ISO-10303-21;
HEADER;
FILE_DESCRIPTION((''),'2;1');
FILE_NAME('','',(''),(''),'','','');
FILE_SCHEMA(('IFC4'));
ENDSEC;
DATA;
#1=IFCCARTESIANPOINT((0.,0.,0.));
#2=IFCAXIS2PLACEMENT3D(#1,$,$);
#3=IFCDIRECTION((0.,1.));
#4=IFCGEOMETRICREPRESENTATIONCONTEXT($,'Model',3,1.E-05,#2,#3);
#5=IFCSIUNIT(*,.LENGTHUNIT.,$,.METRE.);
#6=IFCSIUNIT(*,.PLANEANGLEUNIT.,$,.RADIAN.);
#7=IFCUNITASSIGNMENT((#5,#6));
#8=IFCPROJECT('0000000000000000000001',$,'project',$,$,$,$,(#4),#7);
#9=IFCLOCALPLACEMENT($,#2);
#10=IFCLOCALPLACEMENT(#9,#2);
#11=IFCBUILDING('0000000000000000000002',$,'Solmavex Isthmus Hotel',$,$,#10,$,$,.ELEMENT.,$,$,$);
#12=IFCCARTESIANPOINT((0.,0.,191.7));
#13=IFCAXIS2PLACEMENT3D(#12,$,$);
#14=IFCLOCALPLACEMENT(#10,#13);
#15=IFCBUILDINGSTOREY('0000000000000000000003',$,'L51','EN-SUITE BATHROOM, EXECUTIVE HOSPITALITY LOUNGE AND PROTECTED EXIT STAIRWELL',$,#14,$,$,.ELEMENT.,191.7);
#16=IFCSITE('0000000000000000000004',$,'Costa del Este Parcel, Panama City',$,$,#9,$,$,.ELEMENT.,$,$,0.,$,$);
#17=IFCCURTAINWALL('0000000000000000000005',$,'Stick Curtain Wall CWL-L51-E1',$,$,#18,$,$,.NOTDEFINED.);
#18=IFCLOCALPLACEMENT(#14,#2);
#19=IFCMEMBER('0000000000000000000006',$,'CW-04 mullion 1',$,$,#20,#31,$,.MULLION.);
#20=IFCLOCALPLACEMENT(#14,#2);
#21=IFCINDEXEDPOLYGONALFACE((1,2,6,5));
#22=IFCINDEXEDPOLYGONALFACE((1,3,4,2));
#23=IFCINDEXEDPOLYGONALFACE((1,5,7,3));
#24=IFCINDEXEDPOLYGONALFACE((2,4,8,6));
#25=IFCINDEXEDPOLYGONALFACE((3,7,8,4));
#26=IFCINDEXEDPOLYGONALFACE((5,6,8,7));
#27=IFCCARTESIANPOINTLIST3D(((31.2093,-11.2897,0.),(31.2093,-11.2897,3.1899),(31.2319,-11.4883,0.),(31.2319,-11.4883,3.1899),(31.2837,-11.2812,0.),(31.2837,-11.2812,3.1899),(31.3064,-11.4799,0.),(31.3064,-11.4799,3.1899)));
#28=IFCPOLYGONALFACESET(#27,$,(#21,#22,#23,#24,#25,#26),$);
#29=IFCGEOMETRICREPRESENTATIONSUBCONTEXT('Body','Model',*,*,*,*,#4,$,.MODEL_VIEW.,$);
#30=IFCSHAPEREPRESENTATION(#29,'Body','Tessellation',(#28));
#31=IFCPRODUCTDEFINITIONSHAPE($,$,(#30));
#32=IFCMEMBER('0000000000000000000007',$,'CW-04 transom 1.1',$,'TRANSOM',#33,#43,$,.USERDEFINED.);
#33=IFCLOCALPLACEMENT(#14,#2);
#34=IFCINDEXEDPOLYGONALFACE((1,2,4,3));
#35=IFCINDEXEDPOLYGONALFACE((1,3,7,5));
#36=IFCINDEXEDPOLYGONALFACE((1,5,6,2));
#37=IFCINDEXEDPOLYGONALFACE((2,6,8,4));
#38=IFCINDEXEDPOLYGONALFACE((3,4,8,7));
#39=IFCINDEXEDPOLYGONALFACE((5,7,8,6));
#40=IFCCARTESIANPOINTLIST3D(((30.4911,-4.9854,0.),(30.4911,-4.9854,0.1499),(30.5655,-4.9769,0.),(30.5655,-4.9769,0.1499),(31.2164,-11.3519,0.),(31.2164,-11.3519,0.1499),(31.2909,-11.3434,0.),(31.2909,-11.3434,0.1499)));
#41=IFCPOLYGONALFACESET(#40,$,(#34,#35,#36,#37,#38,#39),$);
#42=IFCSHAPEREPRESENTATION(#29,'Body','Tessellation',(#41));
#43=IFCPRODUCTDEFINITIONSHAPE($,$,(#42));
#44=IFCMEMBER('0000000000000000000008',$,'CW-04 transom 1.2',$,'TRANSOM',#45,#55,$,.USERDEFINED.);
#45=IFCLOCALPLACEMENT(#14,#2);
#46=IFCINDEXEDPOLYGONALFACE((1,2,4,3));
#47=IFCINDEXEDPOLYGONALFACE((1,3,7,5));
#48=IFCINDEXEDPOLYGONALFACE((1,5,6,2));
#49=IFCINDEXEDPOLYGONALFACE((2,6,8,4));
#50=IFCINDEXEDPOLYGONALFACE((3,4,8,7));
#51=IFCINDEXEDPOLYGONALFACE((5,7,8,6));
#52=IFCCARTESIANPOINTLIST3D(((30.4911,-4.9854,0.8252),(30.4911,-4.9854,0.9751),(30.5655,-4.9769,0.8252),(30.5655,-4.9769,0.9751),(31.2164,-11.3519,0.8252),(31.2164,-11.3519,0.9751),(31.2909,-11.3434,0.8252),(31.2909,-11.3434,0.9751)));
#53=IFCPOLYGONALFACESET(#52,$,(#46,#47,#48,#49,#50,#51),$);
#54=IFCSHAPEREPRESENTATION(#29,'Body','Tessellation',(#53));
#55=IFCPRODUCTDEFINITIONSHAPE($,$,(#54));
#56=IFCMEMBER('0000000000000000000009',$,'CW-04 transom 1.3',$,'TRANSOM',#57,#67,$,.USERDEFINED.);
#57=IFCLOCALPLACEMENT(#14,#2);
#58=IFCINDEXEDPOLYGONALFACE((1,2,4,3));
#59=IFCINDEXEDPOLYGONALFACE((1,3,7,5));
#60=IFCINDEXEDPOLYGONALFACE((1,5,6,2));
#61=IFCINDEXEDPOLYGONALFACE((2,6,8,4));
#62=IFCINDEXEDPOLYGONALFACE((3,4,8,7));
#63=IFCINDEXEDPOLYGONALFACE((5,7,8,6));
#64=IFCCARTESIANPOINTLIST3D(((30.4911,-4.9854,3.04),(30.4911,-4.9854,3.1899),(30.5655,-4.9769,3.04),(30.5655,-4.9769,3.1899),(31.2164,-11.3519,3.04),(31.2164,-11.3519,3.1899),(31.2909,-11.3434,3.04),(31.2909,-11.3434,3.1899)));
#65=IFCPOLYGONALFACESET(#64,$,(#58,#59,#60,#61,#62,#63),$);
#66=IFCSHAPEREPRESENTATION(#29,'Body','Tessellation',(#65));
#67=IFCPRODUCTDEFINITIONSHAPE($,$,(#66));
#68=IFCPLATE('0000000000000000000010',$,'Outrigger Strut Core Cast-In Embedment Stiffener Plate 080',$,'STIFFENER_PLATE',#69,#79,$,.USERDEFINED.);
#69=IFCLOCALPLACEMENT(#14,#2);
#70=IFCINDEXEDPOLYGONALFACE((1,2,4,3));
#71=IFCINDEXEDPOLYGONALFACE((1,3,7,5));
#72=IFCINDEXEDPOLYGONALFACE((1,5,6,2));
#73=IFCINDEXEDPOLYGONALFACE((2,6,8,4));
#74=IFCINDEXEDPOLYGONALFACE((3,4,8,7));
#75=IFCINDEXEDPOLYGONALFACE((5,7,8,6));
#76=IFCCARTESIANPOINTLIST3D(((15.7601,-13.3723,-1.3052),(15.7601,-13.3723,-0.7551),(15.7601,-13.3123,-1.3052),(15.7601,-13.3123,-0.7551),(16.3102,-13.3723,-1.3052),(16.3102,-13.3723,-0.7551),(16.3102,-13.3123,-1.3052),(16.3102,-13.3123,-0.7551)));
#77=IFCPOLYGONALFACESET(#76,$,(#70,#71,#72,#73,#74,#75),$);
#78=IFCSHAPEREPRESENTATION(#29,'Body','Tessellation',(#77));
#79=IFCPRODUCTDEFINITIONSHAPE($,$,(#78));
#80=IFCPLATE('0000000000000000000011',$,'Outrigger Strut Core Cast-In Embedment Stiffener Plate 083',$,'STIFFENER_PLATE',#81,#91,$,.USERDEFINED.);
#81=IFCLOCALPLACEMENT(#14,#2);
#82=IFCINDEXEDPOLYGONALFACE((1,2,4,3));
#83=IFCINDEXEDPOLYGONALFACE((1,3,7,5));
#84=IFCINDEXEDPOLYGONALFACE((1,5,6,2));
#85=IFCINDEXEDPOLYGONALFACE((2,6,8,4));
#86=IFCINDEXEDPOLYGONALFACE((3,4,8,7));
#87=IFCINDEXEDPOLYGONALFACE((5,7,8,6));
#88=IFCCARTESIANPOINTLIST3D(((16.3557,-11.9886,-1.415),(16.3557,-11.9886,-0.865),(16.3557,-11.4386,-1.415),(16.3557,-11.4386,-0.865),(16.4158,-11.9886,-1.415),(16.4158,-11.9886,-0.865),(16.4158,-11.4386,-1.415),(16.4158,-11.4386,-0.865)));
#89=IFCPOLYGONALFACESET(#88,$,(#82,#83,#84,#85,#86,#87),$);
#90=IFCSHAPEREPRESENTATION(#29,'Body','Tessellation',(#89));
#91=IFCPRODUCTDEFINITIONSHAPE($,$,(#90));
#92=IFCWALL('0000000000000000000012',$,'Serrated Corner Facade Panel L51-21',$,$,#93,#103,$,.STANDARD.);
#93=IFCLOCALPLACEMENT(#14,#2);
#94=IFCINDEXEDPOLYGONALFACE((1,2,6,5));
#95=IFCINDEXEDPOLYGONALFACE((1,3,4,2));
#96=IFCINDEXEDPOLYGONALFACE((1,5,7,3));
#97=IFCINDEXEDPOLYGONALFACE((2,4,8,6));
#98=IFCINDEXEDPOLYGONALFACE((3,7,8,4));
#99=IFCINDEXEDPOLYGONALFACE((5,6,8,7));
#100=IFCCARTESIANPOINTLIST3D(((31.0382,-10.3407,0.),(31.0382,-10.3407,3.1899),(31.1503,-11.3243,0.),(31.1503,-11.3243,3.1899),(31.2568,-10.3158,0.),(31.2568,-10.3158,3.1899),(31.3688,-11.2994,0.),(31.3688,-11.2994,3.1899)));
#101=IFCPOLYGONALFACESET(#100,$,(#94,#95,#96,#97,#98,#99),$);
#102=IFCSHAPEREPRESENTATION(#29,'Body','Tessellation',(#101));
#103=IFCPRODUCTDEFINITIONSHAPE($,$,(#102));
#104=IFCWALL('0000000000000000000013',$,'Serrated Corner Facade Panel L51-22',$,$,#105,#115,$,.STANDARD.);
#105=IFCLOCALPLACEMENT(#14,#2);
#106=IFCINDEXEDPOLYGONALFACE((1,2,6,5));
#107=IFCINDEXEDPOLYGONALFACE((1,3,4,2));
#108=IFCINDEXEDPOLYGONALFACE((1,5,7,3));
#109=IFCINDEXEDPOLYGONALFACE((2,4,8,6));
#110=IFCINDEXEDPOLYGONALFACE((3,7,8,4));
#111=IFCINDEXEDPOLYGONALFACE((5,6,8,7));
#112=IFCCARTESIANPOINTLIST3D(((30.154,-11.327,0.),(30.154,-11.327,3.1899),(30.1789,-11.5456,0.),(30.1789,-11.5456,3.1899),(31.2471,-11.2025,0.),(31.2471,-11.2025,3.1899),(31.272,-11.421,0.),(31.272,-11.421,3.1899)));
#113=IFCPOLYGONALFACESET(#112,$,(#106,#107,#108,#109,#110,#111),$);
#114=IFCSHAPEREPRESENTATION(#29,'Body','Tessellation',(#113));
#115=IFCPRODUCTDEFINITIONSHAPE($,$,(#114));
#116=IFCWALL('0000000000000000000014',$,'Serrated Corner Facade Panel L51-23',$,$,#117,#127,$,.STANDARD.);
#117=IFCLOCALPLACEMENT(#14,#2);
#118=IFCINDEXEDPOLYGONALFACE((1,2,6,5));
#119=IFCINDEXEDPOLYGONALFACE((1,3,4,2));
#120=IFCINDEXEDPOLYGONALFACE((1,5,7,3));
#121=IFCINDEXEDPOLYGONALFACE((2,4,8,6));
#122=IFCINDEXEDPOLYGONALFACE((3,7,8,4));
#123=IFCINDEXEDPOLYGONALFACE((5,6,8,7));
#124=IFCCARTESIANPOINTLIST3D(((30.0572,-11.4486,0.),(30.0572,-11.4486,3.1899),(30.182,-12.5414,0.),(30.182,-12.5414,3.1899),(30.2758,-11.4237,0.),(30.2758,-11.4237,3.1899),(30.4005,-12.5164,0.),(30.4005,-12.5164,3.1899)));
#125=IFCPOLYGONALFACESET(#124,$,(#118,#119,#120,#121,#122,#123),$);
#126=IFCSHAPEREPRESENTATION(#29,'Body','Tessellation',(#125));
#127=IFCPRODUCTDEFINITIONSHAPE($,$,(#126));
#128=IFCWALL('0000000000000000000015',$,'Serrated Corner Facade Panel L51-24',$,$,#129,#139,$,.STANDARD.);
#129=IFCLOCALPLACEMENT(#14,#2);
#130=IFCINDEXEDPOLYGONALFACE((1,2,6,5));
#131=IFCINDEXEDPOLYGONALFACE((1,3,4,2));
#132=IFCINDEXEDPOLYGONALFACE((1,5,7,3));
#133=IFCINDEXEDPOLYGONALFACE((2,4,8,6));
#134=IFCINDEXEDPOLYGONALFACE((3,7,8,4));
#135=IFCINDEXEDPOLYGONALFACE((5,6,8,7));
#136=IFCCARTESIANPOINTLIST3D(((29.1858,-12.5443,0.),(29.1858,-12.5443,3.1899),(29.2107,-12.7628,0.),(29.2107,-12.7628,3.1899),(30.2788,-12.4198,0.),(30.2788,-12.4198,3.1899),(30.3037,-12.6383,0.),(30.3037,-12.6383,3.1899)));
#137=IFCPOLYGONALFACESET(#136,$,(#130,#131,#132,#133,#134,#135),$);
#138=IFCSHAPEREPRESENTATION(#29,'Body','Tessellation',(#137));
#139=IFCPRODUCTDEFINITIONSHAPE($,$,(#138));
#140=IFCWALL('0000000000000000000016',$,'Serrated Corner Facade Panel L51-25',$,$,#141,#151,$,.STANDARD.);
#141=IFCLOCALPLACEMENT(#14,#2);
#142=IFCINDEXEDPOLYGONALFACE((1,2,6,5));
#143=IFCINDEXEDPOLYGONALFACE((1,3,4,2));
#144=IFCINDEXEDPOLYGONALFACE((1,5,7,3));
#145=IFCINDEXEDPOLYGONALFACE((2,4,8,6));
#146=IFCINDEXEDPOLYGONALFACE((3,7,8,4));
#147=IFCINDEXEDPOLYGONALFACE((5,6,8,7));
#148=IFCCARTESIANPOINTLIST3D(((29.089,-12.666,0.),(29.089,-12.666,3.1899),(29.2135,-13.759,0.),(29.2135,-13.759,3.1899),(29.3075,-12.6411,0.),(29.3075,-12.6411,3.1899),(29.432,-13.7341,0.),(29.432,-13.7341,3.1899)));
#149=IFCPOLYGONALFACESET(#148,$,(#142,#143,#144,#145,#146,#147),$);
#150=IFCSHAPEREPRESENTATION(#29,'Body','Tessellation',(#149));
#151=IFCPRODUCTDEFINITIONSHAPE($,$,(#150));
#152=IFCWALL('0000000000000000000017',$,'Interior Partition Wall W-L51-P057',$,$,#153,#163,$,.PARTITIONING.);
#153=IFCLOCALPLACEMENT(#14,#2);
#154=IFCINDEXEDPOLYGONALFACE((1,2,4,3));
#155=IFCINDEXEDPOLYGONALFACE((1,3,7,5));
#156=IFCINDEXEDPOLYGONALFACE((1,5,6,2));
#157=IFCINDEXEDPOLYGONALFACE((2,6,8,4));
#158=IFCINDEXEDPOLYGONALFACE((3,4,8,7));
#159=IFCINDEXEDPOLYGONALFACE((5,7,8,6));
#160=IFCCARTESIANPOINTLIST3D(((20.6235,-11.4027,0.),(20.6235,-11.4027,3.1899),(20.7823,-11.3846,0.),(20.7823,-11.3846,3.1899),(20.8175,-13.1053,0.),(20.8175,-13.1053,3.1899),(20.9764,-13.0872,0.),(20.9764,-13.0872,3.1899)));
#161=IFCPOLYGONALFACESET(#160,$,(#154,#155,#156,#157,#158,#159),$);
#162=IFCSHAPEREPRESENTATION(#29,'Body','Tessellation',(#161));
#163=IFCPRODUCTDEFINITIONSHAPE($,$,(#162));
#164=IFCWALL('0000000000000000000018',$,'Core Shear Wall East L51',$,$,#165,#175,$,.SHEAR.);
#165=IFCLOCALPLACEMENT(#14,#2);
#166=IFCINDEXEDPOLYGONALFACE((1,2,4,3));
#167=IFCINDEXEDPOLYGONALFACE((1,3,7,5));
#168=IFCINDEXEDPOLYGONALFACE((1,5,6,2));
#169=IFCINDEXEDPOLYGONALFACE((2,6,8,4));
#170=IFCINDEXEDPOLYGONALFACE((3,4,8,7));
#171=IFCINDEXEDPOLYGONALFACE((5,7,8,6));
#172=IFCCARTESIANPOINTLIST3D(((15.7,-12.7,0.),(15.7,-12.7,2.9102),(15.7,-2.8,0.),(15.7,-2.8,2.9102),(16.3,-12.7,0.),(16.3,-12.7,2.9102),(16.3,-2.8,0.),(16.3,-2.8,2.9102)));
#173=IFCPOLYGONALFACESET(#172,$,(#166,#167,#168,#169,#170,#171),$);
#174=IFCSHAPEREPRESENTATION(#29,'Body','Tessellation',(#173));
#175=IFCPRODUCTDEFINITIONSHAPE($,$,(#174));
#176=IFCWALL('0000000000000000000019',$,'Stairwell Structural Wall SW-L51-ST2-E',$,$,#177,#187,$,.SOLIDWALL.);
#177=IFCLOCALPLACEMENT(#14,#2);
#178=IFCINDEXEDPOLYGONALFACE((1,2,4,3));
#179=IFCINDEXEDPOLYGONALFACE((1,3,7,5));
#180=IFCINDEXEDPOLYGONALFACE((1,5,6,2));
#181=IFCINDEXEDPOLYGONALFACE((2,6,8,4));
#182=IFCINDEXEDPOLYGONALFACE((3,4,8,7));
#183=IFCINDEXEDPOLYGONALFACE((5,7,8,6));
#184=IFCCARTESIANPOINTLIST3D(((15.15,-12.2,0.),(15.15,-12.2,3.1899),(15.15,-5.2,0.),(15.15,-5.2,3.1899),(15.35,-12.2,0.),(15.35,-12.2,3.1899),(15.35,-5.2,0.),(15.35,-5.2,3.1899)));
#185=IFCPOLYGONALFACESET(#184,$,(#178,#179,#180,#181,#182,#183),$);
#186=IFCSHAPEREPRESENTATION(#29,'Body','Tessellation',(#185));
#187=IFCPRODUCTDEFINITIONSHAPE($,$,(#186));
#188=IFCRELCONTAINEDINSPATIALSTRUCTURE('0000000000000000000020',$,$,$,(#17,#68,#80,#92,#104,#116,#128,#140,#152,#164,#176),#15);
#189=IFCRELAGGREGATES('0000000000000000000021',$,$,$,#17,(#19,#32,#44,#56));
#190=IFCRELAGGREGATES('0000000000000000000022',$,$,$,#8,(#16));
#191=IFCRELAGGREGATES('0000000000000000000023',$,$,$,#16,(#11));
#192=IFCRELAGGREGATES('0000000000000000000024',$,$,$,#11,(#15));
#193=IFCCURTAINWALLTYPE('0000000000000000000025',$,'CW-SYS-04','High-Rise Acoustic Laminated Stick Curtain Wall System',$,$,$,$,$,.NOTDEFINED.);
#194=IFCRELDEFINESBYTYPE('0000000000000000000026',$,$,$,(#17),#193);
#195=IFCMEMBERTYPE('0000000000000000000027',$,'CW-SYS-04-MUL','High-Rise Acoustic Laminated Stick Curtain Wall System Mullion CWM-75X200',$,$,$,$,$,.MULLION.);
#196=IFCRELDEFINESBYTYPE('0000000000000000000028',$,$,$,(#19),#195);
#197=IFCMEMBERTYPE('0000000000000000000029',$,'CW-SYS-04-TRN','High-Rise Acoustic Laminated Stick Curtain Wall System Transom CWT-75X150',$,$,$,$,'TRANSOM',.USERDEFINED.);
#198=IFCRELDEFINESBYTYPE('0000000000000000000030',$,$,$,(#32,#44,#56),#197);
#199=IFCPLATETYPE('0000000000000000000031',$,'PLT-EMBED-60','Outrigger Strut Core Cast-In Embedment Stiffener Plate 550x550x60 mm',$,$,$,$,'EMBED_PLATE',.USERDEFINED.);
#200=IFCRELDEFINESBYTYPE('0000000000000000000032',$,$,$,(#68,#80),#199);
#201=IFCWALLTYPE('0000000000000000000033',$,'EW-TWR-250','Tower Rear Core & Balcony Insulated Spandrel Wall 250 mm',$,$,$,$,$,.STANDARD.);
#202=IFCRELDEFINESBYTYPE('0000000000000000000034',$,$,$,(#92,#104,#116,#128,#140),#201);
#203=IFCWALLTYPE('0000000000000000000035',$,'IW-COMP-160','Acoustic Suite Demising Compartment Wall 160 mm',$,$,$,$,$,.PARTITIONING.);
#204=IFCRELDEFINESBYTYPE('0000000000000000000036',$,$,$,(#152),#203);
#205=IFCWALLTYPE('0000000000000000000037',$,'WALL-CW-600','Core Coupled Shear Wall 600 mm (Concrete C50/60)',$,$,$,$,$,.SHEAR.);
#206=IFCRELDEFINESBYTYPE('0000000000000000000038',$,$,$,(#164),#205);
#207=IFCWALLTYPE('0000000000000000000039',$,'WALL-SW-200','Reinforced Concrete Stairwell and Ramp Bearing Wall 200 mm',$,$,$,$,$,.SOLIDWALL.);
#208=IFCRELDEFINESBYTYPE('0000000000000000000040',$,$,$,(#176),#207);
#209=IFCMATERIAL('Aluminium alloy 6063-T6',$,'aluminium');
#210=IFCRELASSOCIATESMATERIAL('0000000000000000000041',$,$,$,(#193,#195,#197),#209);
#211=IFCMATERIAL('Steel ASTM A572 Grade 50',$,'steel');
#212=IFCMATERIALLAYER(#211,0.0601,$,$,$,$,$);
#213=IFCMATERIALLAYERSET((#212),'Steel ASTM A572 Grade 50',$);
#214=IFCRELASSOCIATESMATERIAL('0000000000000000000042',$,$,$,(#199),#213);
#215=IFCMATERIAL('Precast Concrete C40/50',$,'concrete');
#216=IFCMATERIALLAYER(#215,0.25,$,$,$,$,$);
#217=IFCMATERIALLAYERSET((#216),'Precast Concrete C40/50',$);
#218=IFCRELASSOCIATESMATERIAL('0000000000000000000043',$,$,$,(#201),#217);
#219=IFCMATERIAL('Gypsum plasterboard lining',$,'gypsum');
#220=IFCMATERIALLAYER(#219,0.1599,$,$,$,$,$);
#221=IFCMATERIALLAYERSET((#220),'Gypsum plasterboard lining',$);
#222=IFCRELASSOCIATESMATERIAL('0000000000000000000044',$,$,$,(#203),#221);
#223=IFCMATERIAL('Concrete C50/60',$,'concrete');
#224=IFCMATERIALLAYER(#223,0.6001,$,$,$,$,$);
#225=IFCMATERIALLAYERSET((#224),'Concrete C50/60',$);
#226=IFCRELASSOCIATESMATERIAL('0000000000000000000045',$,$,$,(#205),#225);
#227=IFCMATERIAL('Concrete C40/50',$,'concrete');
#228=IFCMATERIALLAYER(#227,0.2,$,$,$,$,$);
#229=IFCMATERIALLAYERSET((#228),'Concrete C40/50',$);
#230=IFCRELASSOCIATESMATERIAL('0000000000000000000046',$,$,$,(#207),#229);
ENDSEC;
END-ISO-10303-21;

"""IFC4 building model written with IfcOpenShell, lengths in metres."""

from ifc_helpers import new_model, si_unit, direction, frame, frame_2d, origin, origin_2d, place, context, subcontext, project, spatial, rectangle, extrude, material, layer, layer_set, material_profile, profile_set, type_object, element, aggregate, save


model = new_model("IFC4")

# Units and contexts
model_context = context("Model", 3, precision=1e-05, world=origin(), true_north=direction((0.0, 1.0)))
body_context = subcontext(model_context, "Body", "Model", "MODEL_VIEW")
ifc_project = project(units=[si_unit("LENGTHUNIT", "METRE"), si_unit("PLANEANGLEUNIT", "RADIAN")], contexts=[model_context])

# Site, building, storey
site_placement = place(None, origin())
site = spatial("IfcSite", under=ifc_project, at=site_placement, Name="Costa del Este Parcel, Panama City", CompositionType="ELEMENT", RefElevation=0.0)
building_placement = place(site_placement, origin())
building = spatial("IfcBuilding", under=site, at=building_placement, Name="Solmavex Isthmus Hotel", CompositionType="ELEMENT")
storey_placement = place(building_placement, frame((0.0, 0.0, 191.7)))
storey = spatial("IfcBuildingStorey", under=building, at=storey_placement, Name="L51", Description="EN-SUITE BATHROOM, EXECUTIVE HOSPITALITY LOUNGE AND PROTECTED EXIT STAIRWELL", CompositionType="ELEMENT", Elevation=191.7)

# Shared definitions
ifc_material_1 = material(Name="Concrete C50/60", Category="concrete")

# Shared definitions
ifc_material_2 = material(Name="Steel ASTM A572 Grade 50", Category="steel")

# Curtain wall, members
ifc_material_3 = material(Name="Aluminium alloy 6063-T6", Category="aluminium")
curtain_wall_type = type_object("IfcCurtainWallType", Name="CW-SYS-04", Description="High-Rise Acoustic Laminated Stick Curtain Wall System", PredefinedType="NOTDEFINED", material=ifc_material_3)
curtain_wall_placement = place(storey_placement, origin())
curtain_wall = element("IfcCurtainWall", 1, at=curtain_wall_placement, inside=storey, type_object=curtain_wall_type, Name="Stick Curtain Wall CWL-L51-E1", PredefinedType="NOTDEFINED")
ifc_material_profile_1 = material_profile(ifc_material_3, rectangle(XDim=0.075, YDim=0.2, at=origin_2d()), Name="CWM-75X200")
ifc_profile_set_1 = profile_set([ifc_material_profile_1], Name="Aluminium alloy 6063-T6")
member_type_1 = type_object("IfcMemberType", Name="CW-SYS-04-MUL", Description="High-Rise Acoustic Laminated Stick Curtain Wall System Mullion CWM-75X200", PredefinedType="MULLION", material=ifc_profile_set_1)
member_1_placement = place(storey_placement, frame((31.2578, -11.3848, 0.0), z_axis=(0.0, 0.0, 1.0), x_axis=(-0.993572, -0.113203, 0.0)))
member_1 = element("IfcMember", 2, at=member_1_placement, type_object=member_type_1, Name="CW-04 mullion 1", PredefinedType="MULLION", context=body_context, shape_type="SweptSolid", body=[
    extrude(rectangle(XDim=0.075, YDim=0.2, at=origin_2d()), origin(), (0.0, 0.0, 1.0), 3.1899),
])
ifc_material_profile_2 = material_profile(ifc_material_3, rectangle(XDim=0.075, YDim=0.1499, at=origin_2d()), Name="CWT-75X150")
ifc_profile_set_2 = profile_set([ifc_material_profile_2], Name="Aluminium alloy 6063-T6")
member_type_2 = type_object("IfcMemberType", Name="CW-SYS-04-TRN", Description="High-Rise Acoustic Laminated Stick Curtain Wall System Transom CWT-75X150", ElementType="TRANSOM", PredefinedType="USERDEFINED", material=ifc_profile_set_2)
member_2_placement = place(storey_placement, frame((31.2537, -11.3477, 0.075), z_axis=(-0.113199, 0.993572, 0.0), x_axis=(-0.993572, -0.113199, 0.0)))
member_2 = element("IfcMember", 3, at=member_2_placement, type_object=member_type_2, Name="CW-04 transom 1.1", ObjectType="TRANSOM", PredefinedType="USERDEFINED", context=body_context, shape_type="SweptSolid", body=[
    extrude(rectangle(XDim=0.075, YDim=0.1499, at=origin_2d()), origin(), (0.0, 0.0, 1.0), 6.4077),
])
member_3_placement = place(storey_placement, frame((31.2537, -11.3477, 0.9001), z_axis=(-0.113199, 0.993572, 0.0), x_axis=(-0.993572, -0.113199, 0.0)))
member_3 = element("IfcMember", 4, at=member_3_placement, type_object=member_type_2, Name="CW-04 transom 1.2", ObjectType="TRANSOM", PredefinedType="USERDEFINED", context=body_context, shape_type="SweptSolid", body=[
    extrude(rectangle(XDim=0.075, YDim=0.1499, at=origin_2d()), origin(), (0.0, 0.0, 1.0), 6.4077),
])
member_4_placement = place(storey_placement, frame((31.2537, -11.3477, 3.115), z_axis=(-0.113199, 0.993572, 0.0), x_axis=(-0.993572, -0.113199, 0.0)))
member_4 = element("IfcMember", 5, at=member_4_placement, type_object=member_type_2, Name="CW-04 transom 1.3", ObjectType="TRANSOM", PredefinedType="USERDEFINED", context=body_context, shape_type="SweptSolid", body=[
    extrude(rectangle(XDim=0.075, YDim=0.1499, at=origin_2d()), origin(), (0.0, 0.0, 1.0), 6.4077),
])
aggregate(curtain_wall, [member_1, member_2, member_3, member_4])

# Plates
ifc_layer_1 = layer(ifc_material_2, 0.0601)
ifc_layer_set_1 = layer_set([ifc_layer_1], Name="Steel ASTM A572 Grade 50")
plate_type = type_object("IfcPlateType", Name="PLT-EMBED-60", Description="Outrigger Strut Core Cast-In Embedment Stiffener Plate 550x550x60 mm", ElementType="EMBED_PLATE", PredefinedType="USERDEFINED", material=ifc_layer_set_1)
for number, where, z_axis, x_axis, name in (
    (6, (16.0352, -13.3423, -1.3052), (0.0, 0.0, 1.0), (1.0, 0.0, 0.0), "Outrigger Strut Core Cast-In Embedment Stiffener Plate 080"),
    (7, (16.3857, -11.7136, -1.415), (0.0, 0.0, 1.0), (0.0, 1.0, 0.0), "Outrigger Strut Core Cast-In Embedment Stiffener Plate 083"),
):
    element("IfcPlate", number, at=place(storey_placement, frame(where, z_axis=z_axis, x_axis=x_axis)), inside=storey, type_object=plate_type, Name=name, ObjectType="STIFFENER_PLATE", PredefinedType="USERDEFINED", context=body_context, shape_type="SweptSolid", body=[
        extrude(rectangle(XDim=0.55, YDim=0.0601, at=origin_2d()), origin(), (0.0, 0.0, 1.0), 0.55),
    ])

# Walls
ifc_material_4 = material(Name="Precast Concrete C40/50", Category="concrete")
ifc_layer_2 = layer(ifc_material_4, 0.25)
ifc_layer_set_2 = layer_set([ifc_layer_2], Name="Precast Concrete C40/50")
wall_type_1 = type_object("IfcWallType", Name="EW-TWR-250", Description="Tower Rear Core & Balcony Insulated Spandrel Wall 250 mm", PredefinedType="STANDARD", material=ifc_layer_set_2)
wall_1_placement = place(storey_placement, frame((31.1475, -10.3281, 0.0), z_axis=(0.0, 0.0, 1.0), x_axis=(0.113192, -0.993573, 0.0)))
element("IfcWall", 8, at=wall_1_placement, inside=storey, type_object=wall_type_1, Name="Serrated Corner Facade Panel L51-21", PredefinedType="STANDARD", context=body_context, shape_type="SweptSolid", body=[
    extrude(rectangle(XDim=0.99, YDim=0.22, at=frame_2d((0.4951, 0.0))), origin(), (0.0, 0.0, 1.0), 3.1899),
])
wall_2_placement = place(storey_placement, frame((31.2595, -11.3118, 0.0), z_axis=(0.0, 0.0, 1.0), x_axis=(-0.993574, -0.113184, 0.0)))
element("IfcWall", 9, at=wall_2_placement, inside=storey, type_object=wall_type_1, Name="Serrated Corner Facade Panel L51-22", PredefinedType="STANDARD", context=body_context, shape_type="SweptSolid", body=[
    extrude(rectangle(XDim=1.1001, YDim=0.22, at=frame_2d((0.55, 0.0))), origin(), (0.0, 0.0, 1.0), 3.1899),
])
wall_3_placement = place(storey_placement, frame((30.1665, -11.4363, 0.0), z_axis=(0.0, 0.0, 1.0), x_axis=(0.113428, -0.993546, 0.0)))
element("IfcWall", 10, at=wall_3_placement, inside=storey, type_object=wall_type_1, Name="Serrated Corner Facade Panel L51-23", PredefinedType="STANDARD", context=body_context, shape_type="SweptSolid", body=[
    extrude(rectangle(XDim=1.0999, YDim=0.22, at=frame_2d((0.5498, 0.0))), origin(), (0.0, 0.0, 1.0), 3.1899),
])
for number, where, z_axis, x_axis, name in (
    (11, (30.2913, -12.5291, 0.0), (0.0, 0.0, 1.0), (-0.993574, -0.113184, 0.0), "Serrated Corner Facade Panel L51-24"),
    (12, (29.1982, -12.6536, 0.0), (0.0, 0.0, 1.0), (0.113184, -0.993574, 0.0), "Serrated Corner Facade Panel L51-25"),
):
    element("IfcWall", number, at=place(storey_placement, frame(where, z_axis=z_axis, x_axis=x_axis)), inside=storey, type_object=wall_type_1, Name=name, PredefinedType="STANDARD", context=body_context, shape_type="SweptSolid", body=[
        extrude(rectangle(XDim=1.1001, YDim=0.22, at=frame_2d((0.55, 0.0))), origin(), (0.0, 0.0, 1.0), 3.1899),
    ])
ifc_material_5 = material(Name="Gypsum plasterboard lining", Category="gypsum")
ifc_layer_3 = layer(ifc_material_5, 0.1599)
ifc_layer_set_3 = layer_set([ifc_layer_3], Name="Gypsum plasterboard lining")
wall_type_2 = type_object("IfcWallType", Name="IW-COMP-160", Description="Acoustic Suite Demising Compartment Wall 160 mm", PredefinedType="PARTITIONING", material=ifc_layer_set_3)
wall_4_placement = place(storey_placement, frame((20.7029, -11.3936, 0.0), z_axis=(0.0, 0.0, 1.0), x_axis=(0.113261, -0.993565, 0.0)))
element("IfcWall", 13, at=wall_4_placement, inside=storey, type_object=wall_type_2, Name="Interior Partition Wall W-L51-P057", PredefinedType="PARTITIONING", context=body_context, shape_type="SweptSolid", body=[
    extrude(rectangle(XDim=1.7136, YDim=0.1599, at=frame_2d((0.8569, 0.0))), origin(), (0.0, 0.0, 1.0), 3.1899),
])
ifc_layer_4 = layer(ifc_material_1, 0.6001)
ifc_layer_set_4 = layer_set([ifc_layer_4], Name="Concrete C50/60")
wall_type_3 = type_object("IfcWallType", Name="WALL-CW-600", Description="Core Coupled Shear Wall 600 mm (Concrete C50/60)", PredefinedType="SHEAR", material=ifc_layer_set_4)
wall_5_placement = place(storey_placement, frame((16.0, -12.7, 0.0), z_axis=(0.0, 0.0, 1.0), x_axis=(0.0, 1.0, 0.0)))
element("IfcWall", 14, at=wall_5_placement, inside=storey, type_object=wall_type_3, Name="Core Shear Wall East L51", PredefinedType="SHEAR", context=body_context, shape_type="SweptSolid", body=[
    extrude(rectangle(XDim=9.8999, YDim=0.6001, at=frame_2d((4.95, 0.0))), origin(), (0.0, 0.0, 1.0), 2.9102),
])
ifc_material_6 = material(Name="Concrete C40/50", Category="concrete")
ifc_layer_5 = layer(ifc_material_6, 0.2)
ifc_layer_set_5 = layer_set([ifc_layer_5], Name="Concrete C40/50")
wall_type_4 = type_object("IfcWallType", Name="WALL-SW-200", Description="Reinforced Concrete Stairwell and Ramp Bearing Wall 200 mm", PredefinedType="SOLIDWALL", material=ifc_layer_set_5)
wall_6_placement = place(storey_placement, frame((15.25, -12.2, 0.0), z_axis=(0.0, 0.0, 1.0), x_axis=(0.0, 1.0, 0.0)))
element("IfcWall", 15, at=wall_6_placement, inside=storey, type_object=wall_type_4, Name="Stairwell Structural Wall SW-L51-ST2-E", PredefinedType="SOLIDWALL", context=body_context, shape_type="SweptSolid", body=[
    extrude(rectangle(XDim=7.0, YDim=0.2, at=frame_2d((3.5, 0.0))), origin(), (0.0, 0.0, 1.0), 3.1899),
])

save(model, "model.ifc")
